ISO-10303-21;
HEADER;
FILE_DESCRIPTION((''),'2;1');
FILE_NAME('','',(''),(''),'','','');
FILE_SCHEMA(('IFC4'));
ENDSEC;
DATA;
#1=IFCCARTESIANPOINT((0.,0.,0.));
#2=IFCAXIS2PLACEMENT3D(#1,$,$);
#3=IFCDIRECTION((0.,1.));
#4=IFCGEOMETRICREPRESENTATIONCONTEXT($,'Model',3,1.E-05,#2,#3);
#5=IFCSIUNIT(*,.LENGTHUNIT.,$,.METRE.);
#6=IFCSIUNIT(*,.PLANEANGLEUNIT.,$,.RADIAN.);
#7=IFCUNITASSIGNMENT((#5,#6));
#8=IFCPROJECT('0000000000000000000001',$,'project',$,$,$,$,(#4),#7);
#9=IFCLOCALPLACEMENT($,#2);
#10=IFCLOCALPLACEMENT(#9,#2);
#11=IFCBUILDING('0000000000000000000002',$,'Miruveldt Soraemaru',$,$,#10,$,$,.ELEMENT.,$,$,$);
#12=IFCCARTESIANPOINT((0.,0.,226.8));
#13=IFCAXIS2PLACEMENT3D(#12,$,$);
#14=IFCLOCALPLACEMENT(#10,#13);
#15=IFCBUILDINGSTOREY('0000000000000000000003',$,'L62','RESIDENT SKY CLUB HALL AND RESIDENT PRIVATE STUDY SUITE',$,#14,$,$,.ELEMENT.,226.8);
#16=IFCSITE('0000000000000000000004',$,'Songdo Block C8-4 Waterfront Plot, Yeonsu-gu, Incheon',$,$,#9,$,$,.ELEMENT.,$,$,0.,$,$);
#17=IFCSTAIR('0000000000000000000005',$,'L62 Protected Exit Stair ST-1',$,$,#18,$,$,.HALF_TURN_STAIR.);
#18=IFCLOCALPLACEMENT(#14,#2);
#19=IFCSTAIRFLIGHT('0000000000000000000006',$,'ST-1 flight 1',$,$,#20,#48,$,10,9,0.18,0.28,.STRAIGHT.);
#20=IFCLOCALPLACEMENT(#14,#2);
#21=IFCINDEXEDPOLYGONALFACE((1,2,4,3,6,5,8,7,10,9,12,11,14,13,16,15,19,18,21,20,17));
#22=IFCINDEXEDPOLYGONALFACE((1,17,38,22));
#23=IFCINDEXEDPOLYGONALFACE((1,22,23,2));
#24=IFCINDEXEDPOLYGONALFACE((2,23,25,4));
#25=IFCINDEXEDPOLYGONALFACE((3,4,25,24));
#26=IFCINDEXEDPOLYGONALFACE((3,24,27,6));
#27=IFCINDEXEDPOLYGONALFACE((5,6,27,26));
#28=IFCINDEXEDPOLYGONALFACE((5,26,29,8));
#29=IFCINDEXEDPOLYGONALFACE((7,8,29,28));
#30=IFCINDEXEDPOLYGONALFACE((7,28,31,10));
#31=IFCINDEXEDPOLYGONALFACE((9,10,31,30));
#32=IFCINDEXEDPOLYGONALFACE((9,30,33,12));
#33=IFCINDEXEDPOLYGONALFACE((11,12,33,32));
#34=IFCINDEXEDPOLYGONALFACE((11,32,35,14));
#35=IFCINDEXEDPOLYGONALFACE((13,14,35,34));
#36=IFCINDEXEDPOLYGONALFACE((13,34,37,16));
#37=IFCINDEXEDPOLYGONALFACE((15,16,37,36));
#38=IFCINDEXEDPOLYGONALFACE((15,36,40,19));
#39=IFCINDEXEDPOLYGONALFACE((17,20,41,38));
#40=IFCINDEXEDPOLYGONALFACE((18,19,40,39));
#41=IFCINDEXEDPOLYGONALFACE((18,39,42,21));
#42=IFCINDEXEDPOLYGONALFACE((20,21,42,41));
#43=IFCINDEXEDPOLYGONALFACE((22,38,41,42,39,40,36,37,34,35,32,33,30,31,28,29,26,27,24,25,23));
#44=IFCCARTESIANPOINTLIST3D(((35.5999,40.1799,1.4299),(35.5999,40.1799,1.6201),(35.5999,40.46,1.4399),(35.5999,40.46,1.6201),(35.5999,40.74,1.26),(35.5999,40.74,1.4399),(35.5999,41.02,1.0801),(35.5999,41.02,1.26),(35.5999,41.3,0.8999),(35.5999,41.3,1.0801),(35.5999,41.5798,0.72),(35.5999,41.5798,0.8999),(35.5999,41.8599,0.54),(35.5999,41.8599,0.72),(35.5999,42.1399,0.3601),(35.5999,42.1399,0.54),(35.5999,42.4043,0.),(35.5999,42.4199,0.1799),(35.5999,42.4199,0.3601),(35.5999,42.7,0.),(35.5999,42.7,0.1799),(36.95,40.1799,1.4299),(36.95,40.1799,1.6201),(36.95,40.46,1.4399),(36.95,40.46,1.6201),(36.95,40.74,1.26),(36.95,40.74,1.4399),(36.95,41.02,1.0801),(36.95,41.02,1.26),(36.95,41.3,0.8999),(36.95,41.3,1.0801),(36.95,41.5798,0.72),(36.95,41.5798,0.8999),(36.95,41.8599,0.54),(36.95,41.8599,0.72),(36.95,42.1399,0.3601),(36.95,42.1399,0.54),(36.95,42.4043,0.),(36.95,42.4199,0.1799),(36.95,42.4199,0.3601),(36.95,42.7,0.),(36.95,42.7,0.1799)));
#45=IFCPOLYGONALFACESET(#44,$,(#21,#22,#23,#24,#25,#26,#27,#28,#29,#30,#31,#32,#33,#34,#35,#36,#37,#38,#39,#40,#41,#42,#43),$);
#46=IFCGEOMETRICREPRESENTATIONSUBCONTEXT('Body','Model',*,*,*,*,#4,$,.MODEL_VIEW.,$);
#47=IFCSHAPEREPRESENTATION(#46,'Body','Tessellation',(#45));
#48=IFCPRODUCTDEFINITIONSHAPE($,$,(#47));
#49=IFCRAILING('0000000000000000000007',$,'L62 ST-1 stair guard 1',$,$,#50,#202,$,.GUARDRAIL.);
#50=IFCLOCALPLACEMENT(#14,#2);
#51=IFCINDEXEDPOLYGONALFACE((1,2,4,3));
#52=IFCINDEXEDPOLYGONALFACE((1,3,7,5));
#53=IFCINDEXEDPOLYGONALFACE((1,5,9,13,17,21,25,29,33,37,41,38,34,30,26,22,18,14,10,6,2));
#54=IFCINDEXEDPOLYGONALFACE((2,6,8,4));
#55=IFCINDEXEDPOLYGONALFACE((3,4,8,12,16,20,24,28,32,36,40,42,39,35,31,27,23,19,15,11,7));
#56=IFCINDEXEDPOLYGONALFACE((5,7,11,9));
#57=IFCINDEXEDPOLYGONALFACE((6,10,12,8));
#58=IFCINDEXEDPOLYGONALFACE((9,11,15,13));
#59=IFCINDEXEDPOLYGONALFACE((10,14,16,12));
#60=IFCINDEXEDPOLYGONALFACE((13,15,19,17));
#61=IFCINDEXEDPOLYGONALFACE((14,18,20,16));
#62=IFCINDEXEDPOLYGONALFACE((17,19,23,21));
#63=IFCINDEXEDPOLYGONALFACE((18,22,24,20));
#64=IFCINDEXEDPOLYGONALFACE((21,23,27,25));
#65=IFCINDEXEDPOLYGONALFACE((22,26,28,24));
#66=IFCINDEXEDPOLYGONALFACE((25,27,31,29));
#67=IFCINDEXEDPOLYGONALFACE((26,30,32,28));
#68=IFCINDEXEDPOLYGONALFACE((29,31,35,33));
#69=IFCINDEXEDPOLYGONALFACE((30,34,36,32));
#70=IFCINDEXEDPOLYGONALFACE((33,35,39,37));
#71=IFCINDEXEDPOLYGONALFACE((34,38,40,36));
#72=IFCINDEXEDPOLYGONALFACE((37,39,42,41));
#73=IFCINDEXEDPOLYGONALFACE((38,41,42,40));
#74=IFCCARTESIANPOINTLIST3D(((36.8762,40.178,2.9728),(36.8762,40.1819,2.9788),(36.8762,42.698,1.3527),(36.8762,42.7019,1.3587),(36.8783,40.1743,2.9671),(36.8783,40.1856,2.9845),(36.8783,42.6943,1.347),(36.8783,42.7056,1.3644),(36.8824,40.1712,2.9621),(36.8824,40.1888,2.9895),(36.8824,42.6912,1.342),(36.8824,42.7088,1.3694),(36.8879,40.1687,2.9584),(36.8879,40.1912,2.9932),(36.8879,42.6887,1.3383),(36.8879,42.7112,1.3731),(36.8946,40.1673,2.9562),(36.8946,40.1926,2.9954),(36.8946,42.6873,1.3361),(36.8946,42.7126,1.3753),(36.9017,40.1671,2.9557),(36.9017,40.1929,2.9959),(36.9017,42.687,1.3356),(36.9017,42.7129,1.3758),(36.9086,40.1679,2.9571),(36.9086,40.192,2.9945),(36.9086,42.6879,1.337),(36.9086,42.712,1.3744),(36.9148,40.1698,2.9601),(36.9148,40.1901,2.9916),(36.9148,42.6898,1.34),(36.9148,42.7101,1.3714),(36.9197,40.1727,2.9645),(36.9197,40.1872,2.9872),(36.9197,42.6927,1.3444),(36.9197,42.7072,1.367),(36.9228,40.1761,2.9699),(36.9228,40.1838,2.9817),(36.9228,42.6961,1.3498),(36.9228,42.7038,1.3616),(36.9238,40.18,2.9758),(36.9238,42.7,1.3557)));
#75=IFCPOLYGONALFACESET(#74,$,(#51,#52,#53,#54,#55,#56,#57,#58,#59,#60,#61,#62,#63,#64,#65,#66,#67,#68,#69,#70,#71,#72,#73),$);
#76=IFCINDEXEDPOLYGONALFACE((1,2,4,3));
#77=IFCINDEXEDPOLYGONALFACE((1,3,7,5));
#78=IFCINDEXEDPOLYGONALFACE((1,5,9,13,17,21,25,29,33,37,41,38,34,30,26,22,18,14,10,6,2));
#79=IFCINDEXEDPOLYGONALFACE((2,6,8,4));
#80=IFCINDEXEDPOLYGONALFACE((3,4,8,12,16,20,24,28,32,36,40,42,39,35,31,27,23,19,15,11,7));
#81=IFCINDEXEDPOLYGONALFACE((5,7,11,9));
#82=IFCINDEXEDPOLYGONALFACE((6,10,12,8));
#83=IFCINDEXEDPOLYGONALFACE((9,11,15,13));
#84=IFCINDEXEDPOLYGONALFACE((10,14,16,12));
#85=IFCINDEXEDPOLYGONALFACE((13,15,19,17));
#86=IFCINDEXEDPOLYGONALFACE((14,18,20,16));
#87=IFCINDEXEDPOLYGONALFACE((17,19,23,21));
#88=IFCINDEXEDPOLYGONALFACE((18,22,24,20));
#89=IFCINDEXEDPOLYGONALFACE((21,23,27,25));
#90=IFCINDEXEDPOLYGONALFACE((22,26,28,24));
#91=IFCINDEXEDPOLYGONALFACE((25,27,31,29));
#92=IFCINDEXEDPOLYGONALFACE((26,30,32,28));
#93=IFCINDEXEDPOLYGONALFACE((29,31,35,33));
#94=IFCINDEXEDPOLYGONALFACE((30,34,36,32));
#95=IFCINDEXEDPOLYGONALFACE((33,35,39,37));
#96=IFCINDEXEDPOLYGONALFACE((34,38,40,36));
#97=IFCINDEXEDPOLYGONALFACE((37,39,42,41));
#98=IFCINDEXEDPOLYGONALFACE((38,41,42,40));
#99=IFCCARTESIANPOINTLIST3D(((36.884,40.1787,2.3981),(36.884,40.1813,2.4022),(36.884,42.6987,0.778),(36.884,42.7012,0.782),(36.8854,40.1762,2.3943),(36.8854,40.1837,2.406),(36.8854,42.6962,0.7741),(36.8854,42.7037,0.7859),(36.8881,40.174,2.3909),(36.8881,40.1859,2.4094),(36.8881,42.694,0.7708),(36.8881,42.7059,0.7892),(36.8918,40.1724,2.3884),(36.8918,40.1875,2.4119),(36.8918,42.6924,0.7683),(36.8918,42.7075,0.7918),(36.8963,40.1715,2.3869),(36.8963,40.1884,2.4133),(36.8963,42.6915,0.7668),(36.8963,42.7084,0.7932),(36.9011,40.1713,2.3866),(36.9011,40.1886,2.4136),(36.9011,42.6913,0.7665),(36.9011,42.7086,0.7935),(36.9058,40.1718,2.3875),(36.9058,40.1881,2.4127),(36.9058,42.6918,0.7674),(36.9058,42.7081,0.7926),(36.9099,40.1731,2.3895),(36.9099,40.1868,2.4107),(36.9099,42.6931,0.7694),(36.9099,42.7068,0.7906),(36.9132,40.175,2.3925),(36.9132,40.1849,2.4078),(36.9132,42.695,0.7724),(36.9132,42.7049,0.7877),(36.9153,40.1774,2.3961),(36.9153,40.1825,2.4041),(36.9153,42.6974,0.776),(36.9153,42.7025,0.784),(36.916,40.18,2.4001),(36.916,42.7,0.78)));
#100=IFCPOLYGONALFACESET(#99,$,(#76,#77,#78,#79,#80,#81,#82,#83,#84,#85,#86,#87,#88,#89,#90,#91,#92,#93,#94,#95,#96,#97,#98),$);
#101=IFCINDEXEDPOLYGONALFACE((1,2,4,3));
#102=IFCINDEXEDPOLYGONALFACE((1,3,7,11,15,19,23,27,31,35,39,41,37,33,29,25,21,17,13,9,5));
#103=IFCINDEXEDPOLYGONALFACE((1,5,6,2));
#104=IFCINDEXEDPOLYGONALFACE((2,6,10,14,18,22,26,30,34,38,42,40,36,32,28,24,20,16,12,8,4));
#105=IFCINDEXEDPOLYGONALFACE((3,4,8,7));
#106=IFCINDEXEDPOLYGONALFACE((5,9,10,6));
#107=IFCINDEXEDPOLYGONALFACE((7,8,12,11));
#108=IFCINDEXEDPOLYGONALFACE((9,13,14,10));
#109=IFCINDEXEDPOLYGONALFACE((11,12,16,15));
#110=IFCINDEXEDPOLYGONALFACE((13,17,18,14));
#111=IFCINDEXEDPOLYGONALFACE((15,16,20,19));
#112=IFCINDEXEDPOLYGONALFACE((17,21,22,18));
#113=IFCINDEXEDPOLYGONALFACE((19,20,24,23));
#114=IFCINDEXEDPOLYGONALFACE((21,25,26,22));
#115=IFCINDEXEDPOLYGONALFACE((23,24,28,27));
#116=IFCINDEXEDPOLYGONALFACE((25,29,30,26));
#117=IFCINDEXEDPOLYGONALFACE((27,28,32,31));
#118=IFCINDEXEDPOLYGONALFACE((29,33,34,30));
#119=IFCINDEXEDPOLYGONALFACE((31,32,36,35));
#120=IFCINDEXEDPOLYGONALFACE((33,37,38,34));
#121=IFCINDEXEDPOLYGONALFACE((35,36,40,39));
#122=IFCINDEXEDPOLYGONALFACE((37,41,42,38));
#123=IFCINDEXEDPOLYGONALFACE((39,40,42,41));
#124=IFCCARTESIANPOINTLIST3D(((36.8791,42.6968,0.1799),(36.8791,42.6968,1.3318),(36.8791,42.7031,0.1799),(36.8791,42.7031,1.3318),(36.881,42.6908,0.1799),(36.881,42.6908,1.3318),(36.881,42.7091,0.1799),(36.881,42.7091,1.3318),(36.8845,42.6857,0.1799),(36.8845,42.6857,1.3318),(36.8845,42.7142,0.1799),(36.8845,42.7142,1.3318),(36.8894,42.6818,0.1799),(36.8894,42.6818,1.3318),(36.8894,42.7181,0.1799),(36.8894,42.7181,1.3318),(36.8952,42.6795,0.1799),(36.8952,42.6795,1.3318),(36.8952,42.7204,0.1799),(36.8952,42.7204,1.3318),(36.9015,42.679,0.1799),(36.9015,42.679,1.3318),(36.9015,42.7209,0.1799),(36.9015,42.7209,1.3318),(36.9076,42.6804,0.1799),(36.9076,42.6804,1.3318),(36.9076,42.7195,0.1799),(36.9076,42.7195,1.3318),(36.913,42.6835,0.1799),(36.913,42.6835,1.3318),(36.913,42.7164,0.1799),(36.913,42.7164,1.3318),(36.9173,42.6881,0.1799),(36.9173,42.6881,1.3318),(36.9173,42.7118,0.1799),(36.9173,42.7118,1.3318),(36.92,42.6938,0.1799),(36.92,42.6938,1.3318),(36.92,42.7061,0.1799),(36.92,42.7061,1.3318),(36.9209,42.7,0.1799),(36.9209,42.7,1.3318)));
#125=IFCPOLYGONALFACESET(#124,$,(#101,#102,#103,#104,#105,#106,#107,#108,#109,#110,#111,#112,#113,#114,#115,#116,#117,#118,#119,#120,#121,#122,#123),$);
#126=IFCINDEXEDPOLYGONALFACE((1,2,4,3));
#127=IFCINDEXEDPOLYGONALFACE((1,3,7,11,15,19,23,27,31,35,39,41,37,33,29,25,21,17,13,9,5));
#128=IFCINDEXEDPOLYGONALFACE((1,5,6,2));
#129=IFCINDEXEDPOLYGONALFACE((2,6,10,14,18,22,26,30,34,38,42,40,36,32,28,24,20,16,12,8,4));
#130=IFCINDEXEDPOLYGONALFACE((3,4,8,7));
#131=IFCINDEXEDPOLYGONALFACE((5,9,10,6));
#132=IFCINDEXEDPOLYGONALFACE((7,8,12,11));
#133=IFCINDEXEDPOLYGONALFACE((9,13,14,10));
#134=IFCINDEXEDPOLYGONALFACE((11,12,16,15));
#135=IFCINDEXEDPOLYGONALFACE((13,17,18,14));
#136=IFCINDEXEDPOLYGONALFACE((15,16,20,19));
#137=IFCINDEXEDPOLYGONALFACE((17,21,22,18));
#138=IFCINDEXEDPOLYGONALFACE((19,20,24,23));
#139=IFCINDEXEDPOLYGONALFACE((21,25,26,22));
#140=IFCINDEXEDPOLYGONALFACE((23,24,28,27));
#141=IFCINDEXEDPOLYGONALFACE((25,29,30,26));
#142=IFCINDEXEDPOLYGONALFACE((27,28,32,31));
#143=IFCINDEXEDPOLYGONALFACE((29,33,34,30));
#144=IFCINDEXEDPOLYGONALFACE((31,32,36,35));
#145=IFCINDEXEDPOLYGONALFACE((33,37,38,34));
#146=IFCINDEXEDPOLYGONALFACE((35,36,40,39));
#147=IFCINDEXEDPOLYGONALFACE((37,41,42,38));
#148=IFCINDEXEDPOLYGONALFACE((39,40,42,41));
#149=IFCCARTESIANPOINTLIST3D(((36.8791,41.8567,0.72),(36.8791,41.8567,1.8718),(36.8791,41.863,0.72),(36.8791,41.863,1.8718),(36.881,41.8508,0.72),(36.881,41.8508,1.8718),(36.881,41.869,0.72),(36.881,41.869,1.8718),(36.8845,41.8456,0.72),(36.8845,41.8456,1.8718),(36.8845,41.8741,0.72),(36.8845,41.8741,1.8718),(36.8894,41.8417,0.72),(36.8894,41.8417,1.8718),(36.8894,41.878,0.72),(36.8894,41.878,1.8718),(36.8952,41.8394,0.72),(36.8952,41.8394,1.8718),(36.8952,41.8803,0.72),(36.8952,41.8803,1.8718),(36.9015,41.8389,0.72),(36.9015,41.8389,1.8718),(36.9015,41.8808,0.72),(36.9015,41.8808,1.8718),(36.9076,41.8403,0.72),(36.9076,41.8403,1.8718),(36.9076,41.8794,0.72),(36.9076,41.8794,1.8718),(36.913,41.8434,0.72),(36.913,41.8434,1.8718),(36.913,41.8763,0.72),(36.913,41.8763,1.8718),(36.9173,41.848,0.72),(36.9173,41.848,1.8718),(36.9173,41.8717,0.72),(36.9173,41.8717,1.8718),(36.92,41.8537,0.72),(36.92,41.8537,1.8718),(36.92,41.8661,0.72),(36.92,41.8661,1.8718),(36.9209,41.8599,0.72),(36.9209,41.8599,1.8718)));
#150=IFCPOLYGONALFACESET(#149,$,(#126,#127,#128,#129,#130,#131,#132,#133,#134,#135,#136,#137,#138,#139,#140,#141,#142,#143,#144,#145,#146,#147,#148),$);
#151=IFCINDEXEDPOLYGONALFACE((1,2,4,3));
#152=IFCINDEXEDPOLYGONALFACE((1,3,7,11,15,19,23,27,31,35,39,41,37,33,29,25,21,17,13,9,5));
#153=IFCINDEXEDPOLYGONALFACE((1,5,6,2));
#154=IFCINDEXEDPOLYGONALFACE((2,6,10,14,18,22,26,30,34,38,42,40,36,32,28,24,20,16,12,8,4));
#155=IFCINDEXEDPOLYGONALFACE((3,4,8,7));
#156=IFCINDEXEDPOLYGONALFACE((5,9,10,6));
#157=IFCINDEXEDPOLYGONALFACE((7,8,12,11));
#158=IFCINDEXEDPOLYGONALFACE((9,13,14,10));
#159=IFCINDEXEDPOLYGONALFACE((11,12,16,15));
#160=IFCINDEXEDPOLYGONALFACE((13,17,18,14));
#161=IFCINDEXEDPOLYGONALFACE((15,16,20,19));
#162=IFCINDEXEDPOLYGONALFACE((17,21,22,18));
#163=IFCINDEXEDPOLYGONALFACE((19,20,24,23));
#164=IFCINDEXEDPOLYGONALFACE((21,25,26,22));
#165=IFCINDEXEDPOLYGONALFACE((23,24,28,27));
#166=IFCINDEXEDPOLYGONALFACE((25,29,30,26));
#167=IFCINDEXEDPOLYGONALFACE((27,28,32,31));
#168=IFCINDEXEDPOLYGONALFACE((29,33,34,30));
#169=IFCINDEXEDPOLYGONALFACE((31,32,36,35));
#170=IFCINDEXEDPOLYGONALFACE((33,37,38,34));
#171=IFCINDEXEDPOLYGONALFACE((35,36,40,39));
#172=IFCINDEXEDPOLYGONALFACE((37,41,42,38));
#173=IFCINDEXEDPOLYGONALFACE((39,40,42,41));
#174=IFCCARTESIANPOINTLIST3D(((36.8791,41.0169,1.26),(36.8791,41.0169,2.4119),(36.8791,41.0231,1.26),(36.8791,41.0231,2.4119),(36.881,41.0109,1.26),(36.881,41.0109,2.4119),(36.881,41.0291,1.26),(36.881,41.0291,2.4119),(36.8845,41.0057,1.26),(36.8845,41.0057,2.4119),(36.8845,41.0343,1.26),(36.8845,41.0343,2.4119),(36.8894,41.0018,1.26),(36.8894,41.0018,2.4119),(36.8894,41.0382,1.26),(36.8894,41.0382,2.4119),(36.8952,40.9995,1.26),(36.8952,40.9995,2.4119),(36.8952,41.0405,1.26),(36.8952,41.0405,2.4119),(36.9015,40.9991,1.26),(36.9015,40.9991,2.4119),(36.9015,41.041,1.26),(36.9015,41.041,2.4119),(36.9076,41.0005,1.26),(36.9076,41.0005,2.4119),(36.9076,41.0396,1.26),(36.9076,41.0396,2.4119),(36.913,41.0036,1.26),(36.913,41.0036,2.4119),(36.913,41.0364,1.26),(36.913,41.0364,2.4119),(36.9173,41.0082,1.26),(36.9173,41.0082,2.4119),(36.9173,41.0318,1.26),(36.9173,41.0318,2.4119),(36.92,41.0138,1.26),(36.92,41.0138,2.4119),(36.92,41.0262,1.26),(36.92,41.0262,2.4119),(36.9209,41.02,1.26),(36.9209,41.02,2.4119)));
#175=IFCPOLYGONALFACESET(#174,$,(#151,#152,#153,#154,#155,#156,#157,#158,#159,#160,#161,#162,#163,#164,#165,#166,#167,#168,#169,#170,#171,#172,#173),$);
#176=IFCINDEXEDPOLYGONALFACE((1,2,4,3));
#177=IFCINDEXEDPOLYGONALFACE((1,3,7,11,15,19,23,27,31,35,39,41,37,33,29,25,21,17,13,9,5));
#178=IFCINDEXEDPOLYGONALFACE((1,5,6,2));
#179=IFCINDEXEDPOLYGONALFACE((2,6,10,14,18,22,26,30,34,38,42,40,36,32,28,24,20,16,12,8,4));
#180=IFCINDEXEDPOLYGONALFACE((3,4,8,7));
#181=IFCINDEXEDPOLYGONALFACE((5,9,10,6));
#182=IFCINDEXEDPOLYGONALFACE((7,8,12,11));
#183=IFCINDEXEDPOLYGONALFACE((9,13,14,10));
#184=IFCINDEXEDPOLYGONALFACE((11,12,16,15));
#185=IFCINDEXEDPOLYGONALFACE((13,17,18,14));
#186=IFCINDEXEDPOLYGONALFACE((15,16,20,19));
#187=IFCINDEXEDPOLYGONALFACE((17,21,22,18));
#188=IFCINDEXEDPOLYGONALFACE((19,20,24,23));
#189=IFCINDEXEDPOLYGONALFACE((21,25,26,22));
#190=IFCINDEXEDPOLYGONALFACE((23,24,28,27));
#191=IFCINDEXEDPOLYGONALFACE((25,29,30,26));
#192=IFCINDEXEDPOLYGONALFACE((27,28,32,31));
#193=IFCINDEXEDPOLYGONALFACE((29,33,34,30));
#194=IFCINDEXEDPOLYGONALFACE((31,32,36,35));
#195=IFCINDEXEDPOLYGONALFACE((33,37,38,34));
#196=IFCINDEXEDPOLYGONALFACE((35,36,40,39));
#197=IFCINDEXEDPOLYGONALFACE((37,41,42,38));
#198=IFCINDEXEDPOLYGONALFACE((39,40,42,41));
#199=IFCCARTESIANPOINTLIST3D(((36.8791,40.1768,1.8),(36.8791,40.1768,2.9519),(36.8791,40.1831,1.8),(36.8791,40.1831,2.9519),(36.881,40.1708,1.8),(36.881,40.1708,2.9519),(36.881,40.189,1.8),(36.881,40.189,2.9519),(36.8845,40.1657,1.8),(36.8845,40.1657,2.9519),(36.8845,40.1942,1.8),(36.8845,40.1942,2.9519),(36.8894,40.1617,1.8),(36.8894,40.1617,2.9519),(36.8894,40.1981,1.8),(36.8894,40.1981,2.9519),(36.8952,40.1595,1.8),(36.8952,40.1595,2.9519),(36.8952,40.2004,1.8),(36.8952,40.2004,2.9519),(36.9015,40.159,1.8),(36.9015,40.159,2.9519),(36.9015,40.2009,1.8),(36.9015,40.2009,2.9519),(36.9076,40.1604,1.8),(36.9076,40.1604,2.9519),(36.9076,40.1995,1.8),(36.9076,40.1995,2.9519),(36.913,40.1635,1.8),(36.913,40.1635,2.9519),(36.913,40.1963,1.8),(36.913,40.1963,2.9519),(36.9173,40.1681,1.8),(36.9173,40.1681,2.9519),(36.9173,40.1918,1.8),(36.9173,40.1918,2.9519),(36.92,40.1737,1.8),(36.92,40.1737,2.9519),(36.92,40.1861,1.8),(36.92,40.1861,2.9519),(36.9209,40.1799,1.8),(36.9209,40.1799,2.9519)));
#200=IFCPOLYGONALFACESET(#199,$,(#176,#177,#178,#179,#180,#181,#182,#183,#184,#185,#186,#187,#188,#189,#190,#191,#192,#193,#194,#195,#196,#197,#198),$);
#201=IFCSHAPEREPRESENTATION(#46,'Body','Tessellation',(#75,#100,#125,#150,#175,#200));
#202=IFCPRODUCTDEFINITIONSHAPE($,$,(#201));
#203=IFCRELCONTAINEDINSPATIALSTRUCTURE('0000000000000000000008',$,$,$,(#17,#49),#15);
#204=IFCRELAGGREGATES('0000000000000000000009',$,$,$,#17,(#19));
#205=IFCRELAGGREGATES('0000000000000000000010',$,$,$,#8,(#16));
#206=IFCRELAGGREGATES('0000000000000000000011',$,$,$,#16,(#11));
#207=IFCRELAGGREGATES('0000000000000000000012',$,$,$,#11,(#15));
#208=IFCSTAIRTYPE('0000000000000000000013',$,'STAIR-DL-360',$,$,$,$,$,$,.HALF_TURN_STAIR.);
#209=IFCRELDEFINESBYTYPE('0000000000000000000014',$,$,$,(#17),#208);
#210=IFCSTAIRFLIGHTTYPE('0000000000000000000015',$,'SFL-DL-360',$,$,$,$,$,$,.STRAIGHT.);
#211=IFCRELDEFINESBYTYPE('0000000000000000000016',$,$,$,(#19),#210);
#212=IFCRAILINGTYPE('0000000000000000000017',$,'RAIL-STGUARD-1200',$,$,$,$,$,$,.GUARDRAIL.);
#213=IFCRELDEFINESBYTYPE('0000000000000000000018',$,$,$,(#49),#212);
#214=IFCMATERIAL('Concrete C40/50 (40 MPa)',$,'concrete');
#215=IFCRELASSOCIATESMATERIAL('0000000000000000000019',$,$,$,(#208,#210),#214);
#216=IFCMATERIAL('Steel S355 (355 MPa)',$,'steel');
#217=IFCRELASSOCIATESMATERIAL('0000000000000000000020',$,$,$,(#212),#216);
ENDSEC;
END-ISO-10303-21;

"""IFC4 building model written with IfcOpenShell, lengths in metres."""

from ifc_helpers import new_model, si_unit, direction, frame, origin, origin_2d, place, context, subcontext, project, spatial, polyline, circle, outline, extrude, material, type_object, element, aggregate, save


model = new_model("IFC4")

# Units and contexts
model_context = context("Model", 3, precision=1e-05, world=origin(), true_north=direction((0.0, 1.0)))
body_context = subcontext(model_context, "Body", "Model", "MODEL_VIEW")
ifc_project = project(units=[si_unit("LENGTHUNIT", "METRE"), si_unit("PLANEANGLEUNIT", "RADIAN")], contexts=[model_context])

# Site, building, storey
site_placement = place(None, origin())
site = spatial("IfcSite", under=ifc_project, at=site_placement, Name="Songdo Block C8-4 Waterfront Plot, Yeonsu-gu, Incheon", CompositionType="ELEMENT", RefElevation=0.0)
building_placement = place(site_placement, origin())
building = spatial("IfcBuilding", under=site, at=building_placement, Name="Miruveldt Soraemaru", CompositionType="ELEMENT")
storey_placement = place(building_placement, frame((0.0, 0.0, 226.8)))
storey = spatial("IfcBuildingStorey", under=building, at=storey_placement, Name="L62", Description="RESIDENT SKY CLUB HALL AND RESIDENT PRIVATE STUDY SUITE", CompositionType="ELEMENT", Elevation=226.8)

# Shared definitions
ifc_material_1 = material(Name="Concrete C40/50 (40 MPa)", Category="concrete")

# Stair, stair flight
stair_type = type_object("IfcStairType", Name="STAIR-DL-360", PredefinedType="HALF_TURN_STAIR", material=ifc_material_1)
stair_placement = place(storey_placement, origin())
stair = element("IfcStair", 1, at=stair_placement, inside=storey, type_object=stair_type, Name="L62 Protected Exit Stair ST-1", PredefinedType="HALF_TURN_STAIR")
stair_flight_type = type_object("IfcStairFlightType", Name="SFL-DL-360", PredefinedType="STRAIGHT", material=ifc_material_1)
stair_flight_placement = place(storey_placement, frame((36.2749, 42.7, 0.0), z_axis=(0.0, 0.0, 1.0), x_axis=(0.0, -1.0, 0.0)))
stair_flight = element("IfcStairFlight", 2, at=stair_flight_placement, type_object=stair_flight_type, Name="ST-1 flight 1", NumberOfRisers=10, NumberOfTreads=9, PredefinedType="STRAIGHT", RiserHeight=0.18, TreadLength=0.28, context=body_context, shape_type="SweptSolid", body=[
    extrude(outline(polyline([(0.0, 0.0), (0.0, 0.1799), (0.28, 0.1799), (0.28, 0.3601), (0.5601, 0.3601), (0.5601, 0.54), (0.8401, 0.54), (0.8401, 0.72), (1.1201, 0.72), (1.1201, 0.8999), (1.3999, 0.8999), (1.3999, 1.0801), (1.6799, 1.0801), (1.6799, 1.26), (1.96, 1.26), (1.96, 1.4399), (2.24, 1.4399), (2.24, 1.6201), (2.52, 1.6201), (2.52, 1.8), (2.52, 1.4299), (0.2957, 0.0), (0.0, 0.0)])), frame((0.0, 0.675, 0.0), z_axis=(0.0, -1.0, 0.0), x_axis=(1.0, 0.0, 0.0)), (0.0, 0.0, 1.0), 1.3501),
])
aggregate(stair, [stair_flight])

# Railing
ifc_material_2 = material(Name="Steel S355 (355 MPa)", Category="steel")
railing_type_1 = type_object("IfcRailingType", Name="RAIL-STGUARD-1200", PredefinedType="GUARDRAIL", material=ifc_material_2)
railing_1_placement = place(storey_placement, frame((36.8999, 42.7, 0.1799)))
element("IfcRailing", 3, at=railing_1_placement, inside=storey, type_object=railing_type_1, Name="L62 ST-1 stair guard 1", PredefinedType="GUARDRAIL", context=body_context, shape_type="SweptSolid", body=[
    extrude(circle(Radius=0.0239, at=origin_2d()), frame((0.0, 0.0, 1.1758), z_axis=(0.0, -0.841163, 0.540782), x_axis=(1.0, 0.0, 0.0)), (0.0, 0.0, 1.0), 2.9958),
    extrude(circle(Radius=0.0161, at=origin_2d()), frame((0.0, 0.0, 0.6001), z_axis=(0.0, -0.841163, 0.540782), x_axis=(1.0, 0.0, 0.0)), (0.0, 0.0, 1.0), 2.9958),
    extrude(circle(Radius=0.021, at=origin_2d()), origin(), (0.0, 0.0, 1.0), 1.1519),
    extrude(circle(Radius=0.021, at=origin_2d()), frame((0.0, -0.8401, 0.54)), (0.0, 0.0, 1.0), 1.1519),
    extrude(circle(Radius=0.021, at=origin_2d()), frame((0.0, -1.6799, 1.0801)), (0.0, 0.0, 1.0), 1.1519),
    extrude(circle(Radius=0.021, at=origin_2d()), frame((0.0, -2.52, 1.6201)), (0.0, 0.0, 1.0), 1.1519),
])

save(model, "model.ifc")
